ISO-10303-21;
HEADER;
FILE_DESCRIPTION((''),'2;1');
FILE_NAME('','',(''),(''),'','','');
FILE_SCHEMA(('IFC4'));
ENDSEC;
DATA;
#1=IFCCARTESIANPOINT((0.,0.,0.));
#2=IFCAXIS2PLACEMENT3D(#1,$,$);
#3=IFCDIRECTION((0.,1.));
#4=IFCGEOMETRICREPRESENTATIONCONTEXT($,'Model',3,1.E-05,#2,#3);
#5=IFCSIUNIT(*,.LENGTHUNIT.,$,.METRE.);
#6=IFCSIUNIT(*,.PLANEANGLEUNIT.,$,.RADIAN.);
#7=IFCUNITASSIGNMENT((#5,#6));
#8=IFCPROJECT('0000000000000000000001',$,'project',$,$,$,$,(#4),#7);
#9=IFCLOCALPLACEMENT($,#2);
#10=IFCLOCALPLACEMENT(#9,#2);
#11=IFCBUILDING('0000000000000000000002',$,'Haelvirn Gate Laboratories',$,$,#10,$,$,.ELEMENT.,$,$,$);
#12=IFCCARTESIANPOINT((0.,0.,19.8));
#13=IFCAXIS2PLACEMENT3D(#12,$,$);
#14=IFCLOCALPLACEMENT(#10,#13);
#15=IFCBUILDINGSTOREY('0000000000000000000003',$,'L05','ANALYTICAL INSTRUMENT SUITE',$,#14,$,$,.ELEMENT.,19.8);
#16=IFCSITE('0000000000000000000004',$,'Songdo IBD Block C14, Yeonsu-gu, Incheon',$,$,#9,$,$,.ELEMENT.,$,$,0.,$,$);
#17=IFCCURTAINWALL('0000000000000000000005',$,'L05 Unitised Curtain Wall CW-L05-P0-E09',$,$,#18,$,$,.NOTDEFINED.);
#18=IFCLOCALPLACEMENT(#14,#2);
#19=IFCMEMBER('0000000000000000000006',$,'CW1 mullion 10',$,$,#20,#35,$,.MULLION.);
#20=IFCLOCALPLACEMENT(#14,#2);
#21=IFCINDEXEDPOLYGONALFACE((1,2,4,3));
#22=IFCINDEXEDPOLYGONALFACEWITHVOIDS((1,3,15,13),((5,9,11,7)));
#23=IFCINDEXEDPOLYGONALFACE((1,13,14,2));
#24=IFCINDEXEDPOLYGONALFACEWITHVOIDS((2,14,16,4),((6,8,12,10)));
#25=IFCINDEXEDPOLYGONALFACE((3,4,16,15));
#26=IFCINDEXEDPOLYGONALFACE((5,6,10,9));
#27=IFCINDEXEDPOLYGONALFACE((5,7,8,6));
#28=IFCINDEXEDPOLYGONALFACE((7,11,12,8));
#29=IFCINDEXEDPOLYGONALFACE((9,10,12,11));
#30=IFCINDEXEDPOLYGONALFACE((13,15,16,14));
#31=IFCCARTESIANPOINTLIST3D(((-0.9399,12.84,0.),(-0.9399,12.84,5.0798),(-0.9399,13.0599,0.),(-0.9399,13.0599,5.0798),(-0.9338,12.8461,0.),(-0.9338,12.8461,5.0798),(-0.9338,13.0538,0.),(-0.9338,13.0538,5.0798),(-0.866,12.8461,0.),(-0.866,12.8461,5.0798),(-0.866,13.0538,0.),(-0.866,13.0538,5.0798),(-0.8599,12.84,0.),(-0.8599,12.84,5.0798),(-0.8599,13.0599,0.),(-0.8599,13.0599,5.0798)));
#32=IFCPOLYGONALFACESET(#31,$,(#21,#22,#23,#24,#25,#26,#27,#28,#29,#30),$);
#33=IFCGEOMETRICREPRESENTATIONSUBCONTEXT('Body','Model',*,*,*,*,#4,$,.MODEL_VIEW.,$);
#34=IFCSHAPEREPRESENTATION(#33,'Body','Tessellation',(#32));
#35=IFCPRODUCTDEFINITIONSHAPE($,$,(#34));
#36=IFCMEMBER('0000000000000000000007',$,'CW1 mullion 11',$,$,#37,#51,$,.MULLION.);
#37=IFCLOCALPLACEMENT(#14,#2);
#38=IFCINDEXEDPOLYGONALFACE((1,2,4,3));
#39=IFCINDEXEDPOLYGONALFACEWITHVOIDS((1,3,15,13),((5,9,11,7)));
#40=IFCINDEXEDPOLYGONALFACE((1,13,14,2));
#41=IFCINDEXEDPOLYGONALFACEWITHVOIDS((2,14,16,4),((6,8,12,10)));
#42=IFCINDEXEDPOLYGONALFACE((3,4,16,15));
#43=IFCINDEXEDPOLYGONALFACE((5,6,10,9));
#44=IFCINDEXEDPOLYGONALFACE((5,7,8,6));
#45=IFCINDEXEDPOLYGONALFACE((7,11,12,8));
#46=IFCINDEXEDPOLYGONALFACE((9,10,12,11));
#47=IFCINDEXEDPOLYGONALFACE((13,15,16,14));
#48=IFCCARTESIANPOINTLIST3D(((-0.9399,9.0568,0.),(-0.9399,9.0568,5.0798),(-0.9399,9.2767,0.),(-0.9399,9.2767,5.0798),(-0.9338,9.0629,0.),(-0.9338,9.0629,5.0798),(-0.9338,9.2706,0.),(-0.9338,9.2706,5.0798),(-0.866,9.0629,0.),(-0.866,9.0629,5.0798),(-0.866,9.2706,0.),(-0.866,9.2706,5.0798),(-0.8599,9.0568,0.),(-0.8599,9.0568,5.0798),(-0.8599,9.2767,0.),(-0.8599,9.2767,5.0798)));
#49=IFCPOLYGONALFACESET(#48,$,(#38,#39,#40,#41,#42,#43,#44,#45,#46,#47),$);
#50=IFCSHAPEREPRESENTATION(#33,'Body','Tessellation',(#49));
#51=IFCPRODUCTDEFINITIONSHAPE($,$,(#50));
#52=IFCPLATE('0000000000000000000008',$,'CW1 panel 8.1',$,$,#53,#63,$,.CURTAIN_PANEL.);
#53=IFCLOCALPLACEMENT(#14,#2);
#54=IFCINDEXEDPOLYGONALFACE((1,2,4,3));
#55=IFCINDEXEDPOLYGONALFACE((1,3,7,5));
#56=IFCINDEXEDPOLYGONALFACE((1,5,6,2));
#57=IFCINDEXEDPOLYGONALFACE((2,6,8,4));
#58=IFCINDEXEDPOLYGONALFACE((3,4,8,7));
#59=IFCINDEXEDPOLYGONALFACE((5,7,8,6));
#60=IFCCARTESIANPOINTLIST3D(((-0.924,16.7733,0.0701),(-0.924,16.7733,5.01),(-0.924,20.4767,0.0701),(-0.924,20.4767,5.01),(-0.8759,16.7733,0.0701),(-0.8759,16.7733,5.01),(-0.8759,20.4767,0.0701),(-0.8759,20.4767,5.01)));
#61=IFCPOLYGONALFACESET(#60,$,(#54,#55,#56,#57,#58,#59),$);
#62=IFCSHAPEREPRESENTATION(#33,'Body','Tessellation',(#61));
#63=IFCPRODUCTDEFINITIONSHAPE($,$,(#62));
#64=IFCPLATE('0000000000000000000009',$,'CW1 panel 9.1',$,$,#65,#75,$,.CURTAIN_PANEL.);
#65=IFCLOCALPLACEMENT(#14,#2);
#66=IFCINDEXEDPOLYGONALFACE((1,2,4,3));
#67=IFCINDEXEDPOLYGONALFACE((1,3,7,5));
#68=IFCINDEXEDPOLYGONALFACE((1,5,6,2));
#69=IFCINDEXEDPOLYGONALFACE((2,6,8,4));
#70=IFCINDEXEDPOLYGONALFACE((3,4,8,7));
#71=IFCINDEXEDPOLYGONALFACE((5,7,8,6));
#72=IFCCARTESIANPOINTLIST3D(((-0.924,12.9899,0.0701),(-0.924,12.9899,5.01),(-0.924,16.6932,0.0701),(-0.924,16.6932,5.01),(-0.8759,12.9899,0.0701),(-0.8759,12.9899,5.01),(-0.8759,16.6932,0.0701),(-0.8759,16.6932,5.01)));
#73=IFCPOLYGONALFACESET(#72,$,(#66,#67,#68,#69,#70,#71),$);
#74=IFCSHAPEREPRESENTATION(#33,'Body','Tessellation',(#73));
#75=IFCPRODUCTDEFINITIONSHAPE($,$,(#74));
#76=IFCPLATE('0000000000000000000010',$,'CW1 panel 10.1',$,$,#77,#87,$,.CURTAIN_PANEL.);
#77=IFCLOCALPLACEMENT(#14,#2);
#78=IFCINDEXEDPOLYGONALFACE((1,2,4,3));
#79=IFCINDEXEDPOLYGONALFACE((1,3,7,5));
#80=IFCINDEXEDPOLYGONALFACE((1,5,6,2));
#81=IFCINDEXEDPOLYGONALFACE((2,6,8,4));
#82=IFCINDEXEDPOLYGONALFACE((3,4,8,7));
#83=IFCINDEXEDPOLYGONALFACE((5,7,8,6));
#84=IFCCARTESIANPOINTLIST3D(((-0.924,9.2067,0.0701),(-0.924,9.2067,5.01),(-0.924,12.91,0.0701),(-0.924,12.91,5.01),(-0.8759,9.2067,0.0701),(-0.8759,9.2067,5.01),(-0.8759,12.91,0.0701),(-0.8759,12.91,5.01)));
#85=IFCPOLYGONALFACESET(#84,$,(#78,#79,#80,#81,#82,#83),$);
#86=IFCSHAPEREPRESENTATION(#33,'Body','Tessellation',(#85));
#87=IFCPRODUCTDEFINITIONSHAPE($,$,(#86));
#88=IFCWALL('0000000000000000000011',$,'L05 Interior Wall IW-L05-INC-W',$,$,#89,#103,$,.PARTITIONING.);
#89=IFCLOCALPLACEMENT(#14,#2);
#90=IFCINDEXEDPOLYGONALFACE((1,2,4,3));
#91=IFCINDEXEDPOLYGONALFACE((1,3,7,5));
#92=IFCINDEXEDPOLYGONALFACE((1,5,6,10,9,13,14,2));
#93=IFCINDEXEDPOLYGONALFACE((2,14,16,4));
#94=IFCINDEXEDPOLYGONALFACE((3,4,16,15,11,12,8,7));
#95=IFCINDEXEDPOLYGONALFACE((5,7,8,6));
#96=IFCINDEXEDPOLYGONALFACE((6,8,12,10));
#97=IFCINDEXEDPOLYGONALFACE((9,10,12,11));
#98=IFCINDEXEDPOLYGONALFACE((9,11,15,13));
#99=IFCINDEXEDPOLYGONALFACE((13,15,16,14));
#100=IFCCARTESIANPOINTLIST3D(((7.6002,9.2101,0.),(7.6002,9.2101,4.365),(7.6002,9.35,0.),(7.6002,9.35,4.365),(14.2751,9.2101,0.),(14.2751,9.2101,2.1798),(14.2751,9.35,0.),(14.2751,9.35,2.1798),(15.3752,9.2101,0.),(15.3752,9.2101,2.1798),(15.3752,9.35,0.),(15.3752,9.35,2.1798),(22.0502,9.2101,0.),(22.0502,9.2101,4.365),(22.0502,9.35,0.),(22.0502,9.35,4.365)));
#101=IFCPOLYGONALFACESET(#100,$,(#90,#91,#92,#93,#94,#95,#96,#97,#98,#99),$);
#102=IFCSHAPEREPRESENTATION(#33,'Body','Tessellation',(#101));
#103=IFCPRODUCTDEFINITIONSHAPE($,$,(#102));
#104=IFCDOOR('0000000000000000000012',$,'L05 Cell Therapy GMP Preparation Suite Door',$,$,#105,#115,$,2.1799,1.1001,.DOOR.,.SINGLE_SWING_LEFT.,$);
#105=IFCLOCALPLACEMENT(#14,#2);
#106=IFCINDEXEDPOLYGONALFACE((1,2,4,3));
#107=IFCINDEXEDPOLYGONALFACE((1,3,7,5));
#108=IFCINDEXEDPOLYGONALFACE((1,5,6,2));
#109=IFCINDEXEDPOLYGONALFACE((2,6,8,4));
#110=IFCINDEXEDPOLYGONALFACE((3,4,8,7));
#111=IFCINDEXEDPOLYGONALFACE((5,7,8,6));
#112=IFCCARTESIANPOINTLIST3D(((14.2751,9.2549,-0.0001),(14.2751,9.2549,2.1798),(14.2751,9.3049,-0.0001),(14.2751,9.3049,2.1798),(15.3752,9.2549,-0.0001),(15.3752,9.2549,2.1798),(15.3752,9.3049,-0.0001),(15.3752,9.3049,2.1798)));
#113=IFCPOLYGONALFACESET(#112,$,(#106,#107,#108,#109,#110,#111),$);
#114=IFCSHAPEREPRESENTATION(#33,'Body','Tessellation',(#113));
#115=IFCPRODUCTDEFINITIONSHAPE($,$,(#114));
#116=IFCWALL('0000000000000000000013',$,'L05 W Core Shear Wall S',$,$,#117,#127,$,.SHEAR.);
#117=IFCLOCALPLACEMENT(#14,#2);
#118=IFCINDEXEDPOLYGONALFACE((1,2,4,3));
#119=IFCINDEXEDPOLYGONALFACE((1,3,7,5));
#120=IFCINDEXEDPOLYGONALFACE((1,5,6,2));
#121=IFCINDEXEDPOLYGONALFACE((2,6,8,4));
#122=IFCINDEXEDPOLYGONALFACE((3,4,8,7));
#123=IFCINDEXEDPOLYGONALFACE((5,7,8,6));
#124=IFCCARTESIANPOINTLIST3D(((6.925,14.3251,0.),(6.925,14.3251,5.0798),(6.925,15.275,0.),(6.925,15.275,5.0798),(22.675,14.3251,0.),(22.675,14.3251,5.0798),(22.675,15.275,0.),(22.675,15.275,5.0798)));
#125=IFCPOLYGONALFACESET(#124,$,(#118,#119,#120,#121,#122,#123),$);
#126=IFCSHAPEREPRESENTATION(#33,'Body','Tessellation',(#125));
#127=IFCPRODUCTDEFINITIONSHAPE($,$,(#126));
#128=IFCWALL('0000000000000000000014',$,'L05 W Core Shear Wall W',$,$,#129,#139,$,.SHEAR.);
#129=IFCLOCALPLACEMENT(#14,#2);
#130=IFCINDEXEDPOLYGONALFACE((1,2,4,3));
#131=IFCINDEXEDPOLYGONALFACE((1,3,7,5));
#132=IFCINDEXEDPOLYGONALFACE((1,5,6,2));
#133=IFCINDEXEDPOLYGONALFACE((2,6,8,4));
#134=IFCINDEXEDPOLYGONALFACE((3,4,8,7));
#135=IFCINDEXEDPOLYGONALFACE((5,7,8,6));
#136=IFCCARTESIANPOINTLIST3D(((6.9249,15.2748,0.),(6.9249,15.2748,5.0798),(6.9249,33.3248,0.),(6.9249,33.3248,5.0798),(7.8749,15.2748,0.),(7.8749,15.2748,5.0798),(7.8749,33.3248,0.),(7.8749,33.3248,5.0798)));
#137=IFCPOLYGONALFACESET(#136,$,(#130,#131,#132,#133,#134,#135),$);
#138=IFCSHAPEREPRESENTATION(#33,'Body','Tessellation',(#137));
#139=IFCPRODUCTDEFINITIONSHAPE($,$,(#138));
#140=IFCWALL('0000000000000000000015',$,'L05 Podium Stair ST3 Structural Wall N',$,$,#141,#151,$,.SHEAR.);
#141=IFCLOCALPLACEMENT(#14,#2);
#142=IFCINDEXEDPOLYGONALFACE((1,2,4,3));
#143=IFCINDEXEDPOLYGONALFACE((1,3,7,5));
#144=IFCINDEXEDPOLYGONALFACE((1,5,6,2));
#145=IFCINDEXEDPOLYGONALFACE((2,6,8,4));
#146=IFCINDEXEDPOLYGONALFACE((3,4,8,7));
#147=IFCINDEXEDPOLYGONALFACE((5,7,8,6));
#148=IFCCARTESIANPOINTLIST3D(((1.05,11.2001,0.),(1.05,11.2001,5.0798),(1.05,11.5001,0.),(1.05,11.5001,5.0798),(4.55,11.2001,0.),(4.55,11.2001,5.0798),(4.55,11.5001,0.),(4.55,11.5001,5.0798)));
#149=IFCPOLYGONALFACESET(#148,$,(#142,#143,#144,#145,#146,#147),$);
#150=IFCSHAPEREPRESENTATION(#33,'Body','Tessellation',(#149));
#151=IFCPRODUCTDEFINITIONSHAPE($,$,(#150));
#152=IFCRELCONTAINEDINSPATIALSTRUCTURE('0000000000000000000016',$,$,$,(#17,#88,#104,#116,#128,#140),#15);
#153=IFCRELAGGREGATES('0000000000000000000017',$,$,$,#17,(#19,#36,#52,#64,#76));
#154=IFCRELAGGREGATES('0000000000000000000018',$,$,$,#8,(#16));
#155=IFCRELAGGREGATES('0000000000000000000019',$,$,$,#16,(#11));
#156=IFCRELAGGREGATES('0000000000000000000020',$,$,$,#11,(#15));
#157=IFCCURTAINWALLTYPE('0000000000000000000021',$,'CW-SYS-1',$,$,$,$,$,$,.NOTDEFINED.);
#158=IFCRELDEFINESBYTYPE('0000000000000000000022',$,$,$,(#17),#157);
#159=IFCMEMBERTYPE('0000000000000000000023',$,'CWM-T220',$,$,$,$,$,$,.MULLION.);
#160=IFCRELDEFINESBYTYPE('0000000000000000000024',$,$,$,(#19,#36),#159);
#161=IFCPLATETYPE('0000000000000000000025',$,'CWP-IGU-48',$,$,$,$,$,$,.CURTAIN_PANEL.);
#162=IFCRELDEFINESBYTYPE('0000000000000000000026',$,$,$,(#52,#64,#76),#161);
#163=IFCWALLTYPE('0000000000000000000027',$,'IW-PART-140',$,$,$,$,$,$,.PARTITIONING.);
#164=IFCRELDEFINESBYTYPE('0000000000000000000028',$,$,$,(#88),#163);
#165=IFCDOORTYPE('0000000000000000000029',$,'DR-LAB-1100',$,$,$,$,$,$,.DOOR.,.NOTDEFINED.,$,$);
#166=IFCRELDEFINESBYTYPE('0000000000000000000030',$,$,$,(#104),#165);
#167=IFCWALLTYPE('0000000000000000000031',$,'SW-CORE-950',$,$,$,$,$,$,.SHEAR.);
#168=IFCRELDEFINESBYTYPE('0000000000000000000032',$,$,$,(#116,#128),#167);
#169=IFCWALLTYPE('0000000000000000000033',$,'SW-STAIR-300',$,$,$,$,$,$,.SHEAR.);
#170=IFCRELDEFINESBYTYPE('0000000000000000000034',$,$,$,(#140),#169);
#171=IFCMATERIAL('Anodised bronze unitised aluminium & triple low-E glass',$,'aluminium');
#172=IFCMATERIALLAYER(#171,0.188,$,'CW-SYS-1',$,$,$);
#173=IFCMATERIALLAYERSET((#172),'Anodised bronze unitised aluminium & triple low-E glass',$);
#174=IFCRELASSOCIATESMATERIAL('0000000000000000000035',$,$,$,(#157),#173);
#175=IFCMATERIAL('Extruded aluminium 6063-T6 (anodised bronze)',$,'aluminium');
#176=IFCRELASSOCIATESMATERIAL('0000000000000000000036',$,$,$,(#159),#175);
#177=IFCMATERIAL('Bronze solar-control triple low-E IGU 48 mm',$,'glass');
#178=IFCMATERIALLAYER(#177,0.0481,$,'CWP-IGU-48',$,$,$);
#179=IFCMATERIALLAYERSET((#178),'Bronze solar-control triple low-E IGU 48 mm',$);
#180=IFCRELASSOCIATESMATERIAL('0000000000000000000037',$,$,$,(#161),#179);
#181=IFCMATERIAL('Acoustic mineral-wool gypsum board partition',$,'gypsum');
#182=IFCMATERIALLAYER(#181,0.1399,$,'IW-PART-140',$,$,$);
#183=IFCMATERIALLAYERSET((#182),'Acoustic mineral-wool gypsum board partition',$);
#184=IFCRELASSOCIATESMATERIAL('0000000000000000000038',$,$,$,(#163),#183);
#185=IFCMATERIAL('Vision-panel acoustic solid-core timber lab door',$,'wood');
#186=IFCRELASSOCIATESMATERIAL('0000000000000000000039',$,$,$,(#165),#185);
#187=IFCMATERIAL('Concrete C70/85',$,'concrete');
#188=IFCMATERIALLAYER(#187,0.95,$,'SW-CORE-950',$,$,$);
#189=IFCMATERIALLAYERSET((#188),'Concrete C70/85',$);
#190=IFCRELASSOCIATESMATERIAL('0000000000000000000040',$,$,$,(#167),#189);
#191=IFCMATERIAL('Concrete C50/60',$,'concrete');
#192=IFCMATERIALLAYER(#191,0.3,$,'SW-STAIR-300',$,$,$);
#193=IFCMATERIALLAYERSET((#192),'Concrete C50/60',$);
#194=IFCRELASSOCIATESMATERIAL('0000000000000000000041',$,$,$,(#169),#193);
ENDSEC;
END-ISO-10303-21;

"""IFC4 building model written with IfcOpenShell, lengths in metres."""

from ifc_helpers import new_model, si_unit, direction, frame, frame_2d, origin, origin_2d, place, context, subcontext, project, spatial, rectangle, hollow_rectangle, extrude, source, transform, mapped, material, layer, layer_set, material_profile, profile_set, type_object, type_shapes, element, fill, aggregate, save


model = new_model("IFC4")

# Units and contexts
model_context = context("Model", 3, precision=1e-05, world=origin(), true_north=direction((0.0, 1.0)))
body_context = subcontext(model_context, "Body", "Model", "MODEL_VIEW")
ifc_project = project(units=[si_unit("LENGTHUNIT", "METRE"), si_unit("PLANEANGLEUNIT", "RADIAN")], contexts=[model_context])

# Site, building, storey
site_placement = place(None, origin())
site = spatial("IfcSite", under=ifc_project, at=site_placement, Name="Songdo IBD Block C14, Yeonsu-gu, Incheon", CompositionType="ELEMENT", RefElevation=0.0)
building_placement = place(site_placement, origin())
building = spatial("IfcBuilding", under=site, at=building_placement, Name="Haelvirn Gate Laboratories", CompositionType="ELEMENT")
storey_placement = place(building_placement, frame((0.0, 0.0, 19.8)))
storey = spatial("IfcBuildingStorey", under=building, at=storey_placement, Name="L05", Description="ANALYTICAL INSTRUMENT SUITE", CompositionType="ELEMENT", Elevation=19.8)

# Shared definitions
ifc_material_1 = material(Name="Concrete C70/85", Category="concrete")

# Curtain wall, members, plates
ifc_material_2 = material(Name="Anodised bronze unitised aluminium & triple low-E glass", Category="aluminium")
ifc_layer_1 = layer(ifc_material_2, 0.188, Name="CW-SYS-1")
ifc_layer_set_1 = layer_set([ifc_layer_1], Name="Anodised bronze unitised aluminium & triple low-E glass")
curtain_wall_type = type_object("IfcCurtainWallType", Name="CW-SYS-1", PredefinedType="NOTDEFINED", material=ifc_layer_set_1)
curtain_wall_placement = place(storey_placement, origin())
curtain_wall = element("IfcCurtainWall", 1, at=curtain_wall_placement, inside=storey, type_object=curtain_wall_type, Name="L05 Unitised Curtain Wall CW-L05-P0-E09", PredefinedType="NOTDEFINED")
ifc_material_3 = material(Name="Extruded aluminium 6063-T6 (anodised bronze)", Category="aluminium")
ifc_material_profile_1 = material_profile(ifc_material_3, hollow_rectangle(XDim=0.0801, YDim=0.22, WallThickness=0.0061, at=origin_2d()), Name="CWM-220x80x6")
ifc_profile_set_1 = profile_set([ifc_material_profile_1], Name="Extruded aluminium 6063-T6 (anodised bronze)")
member_type_1 = type_object("IfcMemberType", Name="CWM-T220", PredefinedType="MULLION", material=ifc_profile_set_1)
shared_shape_1 = source(origin(), body_context, "Body", "SweptSolid", [
    extrude(hollow_rectangle(XDim=0.0801, YDim=0.22, WallThickness=0.0061, at=origin_2d()), origin(), (0.0, 0.0, 1.0), 5.0798),
])
type_shapes(member_type_1, [shared_shape_1])
member_1_placement = place(storey_placement, frame((-0.8999, 12.95, 0.0), z_axis=(0.0, 0.0, 1.0), x_axis=(1.0, 0.0, 0.0)))
member_1 = element("IfcMember", 2, at=member_1_placement, type_object=member_type_1, Name="CW1 mullion 10", PredefinedType="MULLION", context=body_context, shape_type="MappedRepresentation", body=[
    mapped(shared_shape_1, transform((0.0, 0.0, 0.0), scale=1.0)),
])
member_2_placement = place(storey_placement, frame((-0.8999, 9.1667, 0.0), z_axis=(0.0, 0.0, 1.0), x_axis=(1.0, 0.0, 0.0)))
member_2 = element("IfcMember", 3, at=member_2_placement, type_object=member_type_1, Name="CW1 mullion 11", PredefinedType="MULLION", context=body_context, shape_type="MappedRepresentation", body=[
    mapped(shared_shape_1, transform((0.0, 0.0, 0.0), scale=1.0)),
])
ifc_material_4 = material(Name="Bronze solar-control triple low-E IGU 48 mm", Category="glass")
ifc_layer_2 = layer(ifc_material_4, 0.0481, Name="CWP-IGU-48")
ifc_layer_set_2 = layer_set([ifc_layer_2], Name="Bronze solar-control triple low-E IGU 48 mm")
plate_type = type_object("IfcPlateType", Name="CWP-IGU-48", PredefinedType="CURTAIN_PANEL", material=ifc_layer_set_2)
shared_shape_2 = source(origin(), body_context, "Body", "SweptSolid", [
    extrude(rectangle(XDim=3.7034, YDim=0.0481, at=origin_2d()), origin(), (0.0, 0.0, 1.0), 4.9399),
])
type_shapes(plate_type, [shared_shape_2])
plate_1_placement = place(storey_placement, frame((-0.8999, 18.625, 0.0701), z_axis=(0.0, 0.0, 1.0), x_axis=(0.0, -1.0, 0.0)))
plate_1 = element("IfcPlate", 4, at=plate_1_placement, type_object=plate_type, Name="CW1 panel 8.1", PredefinedType="CURTAIN_PANEL", context=body_context, shape_type="MappedRepresentation", body=[
    mapped(shared_shape_2, transform((0.0, 0.0, 0.0), scale=1.0)),
])
plate_2_placement = place(storey_placement, frame((-0.8999, 14.8416, 0.0701), z_axis=(0.0, 0.0, 1.0), x_axis=(0.0, -1.0, 0.0)))
plate_2 = element("IfcPlate", 5, at=plate_2_placement, type_object=plate_type, Name="CW1 panel 9.1", PredefinedType="CURTAIN_PANEL", context=body_context, shape_type="MappedRepresentation", body=[
    mapped(shared_shape_2, transform((0.0, 0.0, 0.0), scale=1.0)),
])
plate_3_placement = place(storey_placement, frame((-0.8999, 11.0583, 0.0701), z_axis=(0.0, 0.0, 1.0), x_axis=(0.0, -1.0, 0.0)))
plate_3 = element("IfcPlate", 6, at=plate_3_placement, type_object=plate_type, Name="CW1 panel 10.1", PredefinedType="CURTAIN_PANEL", context=body_context, shape_type="MappedRepresentation", body=[
    mapped(shared_shape_2, transform((0.0, 0.0, 0.0), scale=1.0)),
])
aggregate(curtain_wall, [member_1, member_2, plate_1, plate_2, plate_3])

# Wall, opening, door
ifc_material_5 = material(Name="Acoustic mineral-wool gypsum board partition", Category="gypsum")
ifc_layer_3 = layer(ifc_material_5, 0.1399, Name="IW-PART-140")
ifc_layer_set_3 = layer_set([ifc_layer_3], Name="Acoustic mineral-wool gypsum board partition")
wall_type_1 = type_object("IfcWallType", Name="IW-PART-140", PredefinedType="PARTITIONING", material=ifc_layer_set_3)
wall_1_placement = place(storey_placement, frame((7.6001, 9.28, 0.0), z_axis=(0.0, 0.0, 1.0), x_axis=(1.0, 0.0, 0.0)))
wall_1 = element("IfcWall", 7, at=wall_1_placement, inside=storey, type_object=wall_type_1, Name="L05 Interior Wall IW-L05-INC-W", PredefinedType="PARTITIONING", context=body_context, shape_type="SweptSolid", body=[
    extrude(rectangle(XDim=14.45, YDim=0.1399, at=frame_2d((7.2251, 0.0))), origin(), (0.0, 0.0, 1.0), 4.365),
])
opening_1_placement = place(wall_1_placement, frame((6.675, 0.0, 0.0)))
opening_1 = element("IfcOpeningElement", 8, at=opening_1_placement, cuts=wall_1, PredefinedType="OPENING", context=body_context, shape_type="SweptSolid", body=[
    extrude(rectangle(XDim=1.1001, YDim=2.1799, at=frame_2d((0.55, 1.0898))), frame((0.0, 0.0801, 0.0), z_axis=(0.0, -1.0, 0.0), x_axis=(1.0, 0.0, 0.0)), (0.0, 0.0, 1.0), 0.1599),
])
ifc_material_6 = material(Name="Vision-panel acoustic solid-core timber lab door", Category="wood")
door_type_1 = type_object("IfcDoorType", Name="DR-LAB-1100", OperationType="NOTDEFINED", PredefinedType="DOOR", material=ifc_material_6)
shared_shape_3 = source(origin(), body_context, "Body", "SweptSolid", [
    extrude(rectangle(XDim=1.1001, YDim=2.1799, at=frame_2d((0.55, 1.0898))), frame((0.0, 0.0249, 0.0), z_axis=(0.0, -1.0, 0.0), x_axis=(1.0, 0.0, 0.0)), (0.0, 0.0, 1.0), 0.05),
])
type_shapes(door_type_1, [shared_shape_3])
door_1_placement = place(opening_1_placement, origin())
door_1 = element("IfcDoor", 9, at=door_1_placement, inside=storey, type_object=door_type_1, Name="L05 Cell Therapy GMP Preparation Suite Door", OperationType="SINGLE_SWING_LEFT", OverallHeight=2.1799, OverallWidth=1.1001, PredefinedType="DOOR", context=body_context, shape_type="MappedRepresentation", body=[
    mapped(shared_shape_3, transform((0.0, 0.0, 0.0), scale=1.0)),
])
fill(opening_1, door_1)

# Walls
ifc_layer_4 = layer(ifc_material_1, 0.95, Name="SW-CORE-950")
ifc_layer_set_4 = layer_set([ifc_layer_4], Name="Concrete C70/85")
wall_type_2 = type_object("IfcWallType", Name="SW-CORE-950", PredefinedType="SHEAR", material=ifc_layer_set_4)
wall_2_placement = place(storey_placement, frame((6.925, 14.8, 0.0), z_axis=(0.0, 0.0, 1.0), x_axis=(1.0, 0.0, 0.0)))
element("IfcWall", 10, at=wall_2_placement, inside=storey, type_object=wall_type_2, Name="L05 W Core Shear Wall S", PredefinedType="SHEAR", context=body_context, shape_type="SweptSolid", body=[
    extrude(rectangle(XDim=15.75, YDim=0.95, at=frame_2d((7.875, 0.0))), origin(), (0.0, 0.0, 1.0), 5.0798),
])
wall_3_placement = place(storey_placement, frame((7.3999, 15.2749, 0.0), z_axis=(0.0, 0.0, 1.0), x_axis=(0.0, 1.0, 0.0)))
element("IfcWall", 11, at=wall_3_placement, inside=storey, type_object=wall_type_2, Name="L05 W Core Shear Wall W", PredefinedType="SHEAR", context=body_context, shape_type="SweptSolid", body=[
    extrude(rectangle(XDim=18.05, YDim=0.95, at=frame_2d((9.0249, 0.0))), origin(), (0.0, 0.0, 1.0), 5.0798),
])
ifc_material_7 = material(Name="Concrete C50/60", Category="concrete")
ifc_layer_5 = layer(ifc_material_7, 0.3, Name="SW-STAIR-300")
ifc_layer_set_5 = layer_set([ifc_layer_5], Name="Concrete C50/60")
wall_type_3 = type_object("IfcWallType", Name="SW-STAIR-300", PredefinedType="SHEAR", material=ifc_layer_set_5)
wall_4_placement = place(storey_placement, frame((1.05, 11.3501, 0.0), z_axis=(0.0, 0.0, 1.0), x_axis=(1.0, 0.0, 0.0)))
element("IfcWall", 12, at=wall_4_placement, inside=storey, type_object=wall_type_3, Name="L05 Podium Stair ST3 Structural Wall N", PredefinedType="SHEAR", context=body_context, shape_type="SweptSolid", body=[
    extrude(rectangle(XDim=3.5, YDim=0.3, at=frame_2d((1.75, 0.0))), origin(), (0.0, 0.0, 1.0), 5.0798),
])

save(model, "model.ifc")
